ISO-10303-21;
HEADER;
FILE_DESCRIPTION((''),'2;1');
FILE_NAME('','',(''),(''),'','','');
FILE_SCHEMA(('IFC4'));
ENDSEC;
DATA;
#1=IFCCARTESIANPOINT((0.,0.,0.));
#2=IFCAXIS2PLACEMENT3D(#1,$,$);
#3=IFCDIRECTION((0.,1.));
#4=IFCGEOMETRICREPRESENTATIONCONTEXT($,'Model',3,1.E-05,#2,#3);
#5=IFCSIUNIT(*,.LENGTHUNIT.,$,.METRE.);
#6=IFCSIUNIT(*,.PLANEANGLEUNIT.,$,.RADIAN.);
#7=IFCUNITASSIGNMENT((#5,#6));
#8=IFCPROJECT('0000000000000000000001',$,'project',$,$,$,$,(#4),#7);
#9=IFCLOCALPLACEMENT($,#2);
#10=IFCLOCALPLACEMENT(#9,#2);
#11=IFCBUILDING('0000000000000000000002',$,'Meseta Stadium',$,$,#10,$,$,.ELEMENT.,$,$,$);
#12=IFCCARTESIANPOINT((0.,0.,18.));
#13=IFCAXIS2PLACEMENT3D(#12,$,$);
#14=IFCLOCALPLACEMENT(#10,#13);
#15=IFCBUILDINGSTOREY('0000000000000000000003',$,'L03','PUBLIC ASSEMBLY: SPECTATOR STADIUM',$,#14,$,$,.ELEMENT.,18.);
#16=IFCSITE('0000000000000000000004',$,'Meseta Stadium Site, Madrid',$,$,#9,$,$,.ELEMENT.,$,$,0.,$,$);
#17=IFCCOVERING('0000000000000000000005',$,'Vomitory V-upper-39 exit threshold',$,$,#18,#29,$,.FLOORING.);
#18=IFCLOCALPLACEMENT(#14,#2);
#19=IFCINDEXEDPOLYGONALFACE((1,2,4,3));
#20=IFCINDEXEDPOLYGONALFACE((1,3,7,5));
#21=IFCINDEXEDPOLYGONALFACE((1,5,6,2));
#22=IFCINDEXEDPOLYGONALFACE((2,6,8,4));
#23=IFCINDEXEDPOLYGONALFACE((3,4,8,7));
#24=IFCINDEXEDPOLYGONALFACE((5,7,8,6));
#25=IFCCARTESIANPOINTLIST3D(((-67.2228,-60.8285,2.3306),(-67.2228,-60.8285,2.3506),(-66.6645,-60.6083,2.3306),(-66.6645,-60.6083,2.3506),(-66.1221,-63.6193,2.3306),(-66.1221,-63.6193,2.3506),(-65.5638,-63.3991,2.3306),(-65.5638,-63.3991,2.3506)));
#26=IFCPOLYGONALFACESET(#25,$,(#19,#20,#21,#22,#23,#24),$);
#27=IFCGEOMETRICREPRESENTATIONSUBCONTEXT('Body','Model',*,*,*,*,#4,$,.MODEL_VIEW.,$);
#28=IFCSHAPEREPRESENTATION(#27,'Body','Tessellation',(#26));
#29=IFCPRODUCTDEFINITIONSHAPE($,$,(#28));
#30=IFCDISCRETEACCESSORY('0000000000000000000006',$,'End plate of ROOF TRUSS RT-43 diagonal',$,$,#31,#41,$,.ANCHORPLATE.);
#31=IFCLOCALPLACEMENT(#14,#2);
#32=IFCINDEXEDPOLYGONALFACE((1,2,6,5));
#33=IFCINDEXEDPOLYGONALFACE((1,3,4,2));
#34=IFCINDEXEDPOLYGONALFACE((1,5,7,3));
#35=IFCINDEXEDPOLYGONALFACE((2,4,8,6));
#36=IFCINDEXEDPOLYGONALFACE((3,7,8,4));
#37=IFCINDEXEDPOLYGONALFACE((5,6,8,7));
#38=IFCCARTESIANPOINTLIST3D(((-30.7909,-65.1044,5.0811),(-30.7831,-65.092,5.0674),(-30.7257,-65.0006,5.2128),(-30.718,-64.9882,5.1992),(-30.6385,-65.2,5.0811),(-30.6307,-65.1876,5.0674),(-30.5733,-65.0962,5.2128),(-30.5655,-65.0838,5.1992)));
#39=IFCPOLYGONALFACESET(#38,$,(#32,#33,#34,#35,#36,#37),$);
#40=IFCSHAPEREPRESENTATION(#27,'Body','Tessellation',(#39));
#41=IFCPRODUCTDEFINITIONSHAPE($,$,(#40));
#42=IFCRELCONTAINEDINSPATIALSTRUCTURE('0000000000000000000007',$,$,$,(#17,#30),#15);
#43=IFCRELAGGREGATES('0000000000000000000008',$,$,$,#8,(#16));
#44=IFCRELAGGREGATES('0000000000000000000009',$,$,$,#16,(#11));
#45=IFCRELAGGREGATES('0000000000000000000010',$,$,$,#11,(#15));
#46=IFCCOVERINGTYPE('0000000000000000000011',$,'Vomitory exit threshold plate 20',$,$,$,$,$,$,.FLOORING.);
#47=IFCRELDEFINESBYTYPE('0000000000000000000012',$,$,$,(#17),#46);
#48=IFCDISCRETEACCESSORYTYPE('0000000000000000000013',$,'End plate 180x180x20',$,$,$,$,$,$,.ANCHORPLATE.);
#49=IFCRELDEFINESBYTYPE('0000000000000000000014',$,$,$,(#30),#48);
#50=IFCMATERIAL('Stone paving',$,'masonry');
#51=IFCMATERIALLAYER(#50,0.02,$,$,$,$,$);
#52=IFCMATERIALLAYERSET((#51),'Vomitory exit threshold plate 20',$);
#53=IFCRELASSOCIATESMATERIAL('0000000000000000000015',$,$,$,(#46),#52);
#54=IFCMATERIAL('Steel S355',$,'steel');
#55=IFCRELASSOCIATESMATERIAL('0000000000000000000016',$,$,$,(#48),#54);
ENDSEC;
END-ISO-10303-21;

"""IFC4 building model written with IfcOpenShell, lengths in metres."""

from ifc_helpers import new_model, si_unit, direction, frame, origin, origin_2d, place, context, subcontext, project, spatial, rectangle, extrude, material, layer, layer_set, material_profile, profile_set, type_object, element, save


model = new_model("IFC4")

# Units and contexts
model_context = context("Model", 3, precision=1e-05, world=origin(), true_north=direction((0.0, 1.0)))
body_context = subcontext(model_context, "Body", "Model", "MODEL_VIEW")
ifc_project = project(units=[si_unit("LENGTHUNIT", "METRE"), si_unit("PLANEANGLEUNIT", "RADIAN")], contexts=[model_context])

# Site, building, storey
site_placement = place(None, origin())
site = spatial("IfcSite", under=ifc_project, at=site_placement, Name="Meseta Stadium Site, Madrid", CompositionType="ELEMENT", RefElevation=0.0)
building_placement = place(site_placement, origin())
building = spatial("IfcBuilding", under=site, at=building_placement, Name="Meseta Stadium", CompositionType="ELEMENT")
storey_placement = place(building_placement, frame((0.0, 0.0, 18.0)))
storey = spatial("IfcBuildingStorey", under=building, at=storey_placement, Name="L03", Description="PUBLIC ASSEMBLY: SPECTATOR STADIUM", CompositionType="ELEMENT", Elevation=18.0)

# Covering
ifc_material_1 = material(Name="Stone paving", Category="masonry")
ifc_layer_1 = layer(ifc_material_1, 0.02)
ifc_layer_set_1 = layer_set([ifc_layer_1], Name="Vomitory exit threshold plate 20")
covering_type = type_object("IfcCoveringType", Name="Vomitory exit threshold plate 20", PredefinedType="FLOORING", material=ifc_layer_set_1)
covering_placement = place(storey_placement, frame((-66.3933, -62.1138, 2.3306), z_axis=(0.0, 0.0, 1.0), x_axis=(0.930263, 0.366893, 0.0)))
element("IfcCovering", 1, at=covering_placement, inside=storey, type_object=covering_type, Name="Vomitory V-upper-39 exit threshold", PredefinedType="FLOORING", context=body_context, shape_type="SweptSolid", body=[
    extrude(rectangle(XDim=0.6001, YDim=3.0, at=origin_2d()), origin(), (0.0, 0.0, 1.0), 0.02),
])

# Discrete accessory
ifc_material_2 = material(Name="Steel S355", Category="steel")
ifc_material_profile_1 = material_profile(ifc_material_2, rectangle(XDim=0.1799, YDim=0.1799, at=origin_2d()), Name="PL 180x180")
ifc_profile_set_1 = profile_set([ifc_material_profile_1], Name="Steel S355")
discrete_accessory_type = type_object("IfcDiscreteAccessoryType", Name="End plate 180x180x20", PredefinedType="ANCHORPLATE", material=ifc_profile_set_1)
discrete_accessory_placement = place(storey_placement, frame((-30.6743, -65.0879, 5.1333), z_axis=(-0.389175, -0.620247, 0.681056), x_axis=(0.847064, -0.531491, 0.0)))
element("IfcDiscreteAccessory", 2, at=discrete_accessory_placement, inside=storey, type_object=discrete_accessory_type, Name="End plate of ROOF TRUSS RT-43 diagonal", PredefinedType="ANCHORPLATE", context=body_context, shape_type="SweptSolid", body=[
    extrude(rectangle(XDim=0.1799, YDim=0.1799, at=origin_2d()), origin(), (0.0, 0.0, 1.0), 0.02),
])

save(model, "model.ifc")
